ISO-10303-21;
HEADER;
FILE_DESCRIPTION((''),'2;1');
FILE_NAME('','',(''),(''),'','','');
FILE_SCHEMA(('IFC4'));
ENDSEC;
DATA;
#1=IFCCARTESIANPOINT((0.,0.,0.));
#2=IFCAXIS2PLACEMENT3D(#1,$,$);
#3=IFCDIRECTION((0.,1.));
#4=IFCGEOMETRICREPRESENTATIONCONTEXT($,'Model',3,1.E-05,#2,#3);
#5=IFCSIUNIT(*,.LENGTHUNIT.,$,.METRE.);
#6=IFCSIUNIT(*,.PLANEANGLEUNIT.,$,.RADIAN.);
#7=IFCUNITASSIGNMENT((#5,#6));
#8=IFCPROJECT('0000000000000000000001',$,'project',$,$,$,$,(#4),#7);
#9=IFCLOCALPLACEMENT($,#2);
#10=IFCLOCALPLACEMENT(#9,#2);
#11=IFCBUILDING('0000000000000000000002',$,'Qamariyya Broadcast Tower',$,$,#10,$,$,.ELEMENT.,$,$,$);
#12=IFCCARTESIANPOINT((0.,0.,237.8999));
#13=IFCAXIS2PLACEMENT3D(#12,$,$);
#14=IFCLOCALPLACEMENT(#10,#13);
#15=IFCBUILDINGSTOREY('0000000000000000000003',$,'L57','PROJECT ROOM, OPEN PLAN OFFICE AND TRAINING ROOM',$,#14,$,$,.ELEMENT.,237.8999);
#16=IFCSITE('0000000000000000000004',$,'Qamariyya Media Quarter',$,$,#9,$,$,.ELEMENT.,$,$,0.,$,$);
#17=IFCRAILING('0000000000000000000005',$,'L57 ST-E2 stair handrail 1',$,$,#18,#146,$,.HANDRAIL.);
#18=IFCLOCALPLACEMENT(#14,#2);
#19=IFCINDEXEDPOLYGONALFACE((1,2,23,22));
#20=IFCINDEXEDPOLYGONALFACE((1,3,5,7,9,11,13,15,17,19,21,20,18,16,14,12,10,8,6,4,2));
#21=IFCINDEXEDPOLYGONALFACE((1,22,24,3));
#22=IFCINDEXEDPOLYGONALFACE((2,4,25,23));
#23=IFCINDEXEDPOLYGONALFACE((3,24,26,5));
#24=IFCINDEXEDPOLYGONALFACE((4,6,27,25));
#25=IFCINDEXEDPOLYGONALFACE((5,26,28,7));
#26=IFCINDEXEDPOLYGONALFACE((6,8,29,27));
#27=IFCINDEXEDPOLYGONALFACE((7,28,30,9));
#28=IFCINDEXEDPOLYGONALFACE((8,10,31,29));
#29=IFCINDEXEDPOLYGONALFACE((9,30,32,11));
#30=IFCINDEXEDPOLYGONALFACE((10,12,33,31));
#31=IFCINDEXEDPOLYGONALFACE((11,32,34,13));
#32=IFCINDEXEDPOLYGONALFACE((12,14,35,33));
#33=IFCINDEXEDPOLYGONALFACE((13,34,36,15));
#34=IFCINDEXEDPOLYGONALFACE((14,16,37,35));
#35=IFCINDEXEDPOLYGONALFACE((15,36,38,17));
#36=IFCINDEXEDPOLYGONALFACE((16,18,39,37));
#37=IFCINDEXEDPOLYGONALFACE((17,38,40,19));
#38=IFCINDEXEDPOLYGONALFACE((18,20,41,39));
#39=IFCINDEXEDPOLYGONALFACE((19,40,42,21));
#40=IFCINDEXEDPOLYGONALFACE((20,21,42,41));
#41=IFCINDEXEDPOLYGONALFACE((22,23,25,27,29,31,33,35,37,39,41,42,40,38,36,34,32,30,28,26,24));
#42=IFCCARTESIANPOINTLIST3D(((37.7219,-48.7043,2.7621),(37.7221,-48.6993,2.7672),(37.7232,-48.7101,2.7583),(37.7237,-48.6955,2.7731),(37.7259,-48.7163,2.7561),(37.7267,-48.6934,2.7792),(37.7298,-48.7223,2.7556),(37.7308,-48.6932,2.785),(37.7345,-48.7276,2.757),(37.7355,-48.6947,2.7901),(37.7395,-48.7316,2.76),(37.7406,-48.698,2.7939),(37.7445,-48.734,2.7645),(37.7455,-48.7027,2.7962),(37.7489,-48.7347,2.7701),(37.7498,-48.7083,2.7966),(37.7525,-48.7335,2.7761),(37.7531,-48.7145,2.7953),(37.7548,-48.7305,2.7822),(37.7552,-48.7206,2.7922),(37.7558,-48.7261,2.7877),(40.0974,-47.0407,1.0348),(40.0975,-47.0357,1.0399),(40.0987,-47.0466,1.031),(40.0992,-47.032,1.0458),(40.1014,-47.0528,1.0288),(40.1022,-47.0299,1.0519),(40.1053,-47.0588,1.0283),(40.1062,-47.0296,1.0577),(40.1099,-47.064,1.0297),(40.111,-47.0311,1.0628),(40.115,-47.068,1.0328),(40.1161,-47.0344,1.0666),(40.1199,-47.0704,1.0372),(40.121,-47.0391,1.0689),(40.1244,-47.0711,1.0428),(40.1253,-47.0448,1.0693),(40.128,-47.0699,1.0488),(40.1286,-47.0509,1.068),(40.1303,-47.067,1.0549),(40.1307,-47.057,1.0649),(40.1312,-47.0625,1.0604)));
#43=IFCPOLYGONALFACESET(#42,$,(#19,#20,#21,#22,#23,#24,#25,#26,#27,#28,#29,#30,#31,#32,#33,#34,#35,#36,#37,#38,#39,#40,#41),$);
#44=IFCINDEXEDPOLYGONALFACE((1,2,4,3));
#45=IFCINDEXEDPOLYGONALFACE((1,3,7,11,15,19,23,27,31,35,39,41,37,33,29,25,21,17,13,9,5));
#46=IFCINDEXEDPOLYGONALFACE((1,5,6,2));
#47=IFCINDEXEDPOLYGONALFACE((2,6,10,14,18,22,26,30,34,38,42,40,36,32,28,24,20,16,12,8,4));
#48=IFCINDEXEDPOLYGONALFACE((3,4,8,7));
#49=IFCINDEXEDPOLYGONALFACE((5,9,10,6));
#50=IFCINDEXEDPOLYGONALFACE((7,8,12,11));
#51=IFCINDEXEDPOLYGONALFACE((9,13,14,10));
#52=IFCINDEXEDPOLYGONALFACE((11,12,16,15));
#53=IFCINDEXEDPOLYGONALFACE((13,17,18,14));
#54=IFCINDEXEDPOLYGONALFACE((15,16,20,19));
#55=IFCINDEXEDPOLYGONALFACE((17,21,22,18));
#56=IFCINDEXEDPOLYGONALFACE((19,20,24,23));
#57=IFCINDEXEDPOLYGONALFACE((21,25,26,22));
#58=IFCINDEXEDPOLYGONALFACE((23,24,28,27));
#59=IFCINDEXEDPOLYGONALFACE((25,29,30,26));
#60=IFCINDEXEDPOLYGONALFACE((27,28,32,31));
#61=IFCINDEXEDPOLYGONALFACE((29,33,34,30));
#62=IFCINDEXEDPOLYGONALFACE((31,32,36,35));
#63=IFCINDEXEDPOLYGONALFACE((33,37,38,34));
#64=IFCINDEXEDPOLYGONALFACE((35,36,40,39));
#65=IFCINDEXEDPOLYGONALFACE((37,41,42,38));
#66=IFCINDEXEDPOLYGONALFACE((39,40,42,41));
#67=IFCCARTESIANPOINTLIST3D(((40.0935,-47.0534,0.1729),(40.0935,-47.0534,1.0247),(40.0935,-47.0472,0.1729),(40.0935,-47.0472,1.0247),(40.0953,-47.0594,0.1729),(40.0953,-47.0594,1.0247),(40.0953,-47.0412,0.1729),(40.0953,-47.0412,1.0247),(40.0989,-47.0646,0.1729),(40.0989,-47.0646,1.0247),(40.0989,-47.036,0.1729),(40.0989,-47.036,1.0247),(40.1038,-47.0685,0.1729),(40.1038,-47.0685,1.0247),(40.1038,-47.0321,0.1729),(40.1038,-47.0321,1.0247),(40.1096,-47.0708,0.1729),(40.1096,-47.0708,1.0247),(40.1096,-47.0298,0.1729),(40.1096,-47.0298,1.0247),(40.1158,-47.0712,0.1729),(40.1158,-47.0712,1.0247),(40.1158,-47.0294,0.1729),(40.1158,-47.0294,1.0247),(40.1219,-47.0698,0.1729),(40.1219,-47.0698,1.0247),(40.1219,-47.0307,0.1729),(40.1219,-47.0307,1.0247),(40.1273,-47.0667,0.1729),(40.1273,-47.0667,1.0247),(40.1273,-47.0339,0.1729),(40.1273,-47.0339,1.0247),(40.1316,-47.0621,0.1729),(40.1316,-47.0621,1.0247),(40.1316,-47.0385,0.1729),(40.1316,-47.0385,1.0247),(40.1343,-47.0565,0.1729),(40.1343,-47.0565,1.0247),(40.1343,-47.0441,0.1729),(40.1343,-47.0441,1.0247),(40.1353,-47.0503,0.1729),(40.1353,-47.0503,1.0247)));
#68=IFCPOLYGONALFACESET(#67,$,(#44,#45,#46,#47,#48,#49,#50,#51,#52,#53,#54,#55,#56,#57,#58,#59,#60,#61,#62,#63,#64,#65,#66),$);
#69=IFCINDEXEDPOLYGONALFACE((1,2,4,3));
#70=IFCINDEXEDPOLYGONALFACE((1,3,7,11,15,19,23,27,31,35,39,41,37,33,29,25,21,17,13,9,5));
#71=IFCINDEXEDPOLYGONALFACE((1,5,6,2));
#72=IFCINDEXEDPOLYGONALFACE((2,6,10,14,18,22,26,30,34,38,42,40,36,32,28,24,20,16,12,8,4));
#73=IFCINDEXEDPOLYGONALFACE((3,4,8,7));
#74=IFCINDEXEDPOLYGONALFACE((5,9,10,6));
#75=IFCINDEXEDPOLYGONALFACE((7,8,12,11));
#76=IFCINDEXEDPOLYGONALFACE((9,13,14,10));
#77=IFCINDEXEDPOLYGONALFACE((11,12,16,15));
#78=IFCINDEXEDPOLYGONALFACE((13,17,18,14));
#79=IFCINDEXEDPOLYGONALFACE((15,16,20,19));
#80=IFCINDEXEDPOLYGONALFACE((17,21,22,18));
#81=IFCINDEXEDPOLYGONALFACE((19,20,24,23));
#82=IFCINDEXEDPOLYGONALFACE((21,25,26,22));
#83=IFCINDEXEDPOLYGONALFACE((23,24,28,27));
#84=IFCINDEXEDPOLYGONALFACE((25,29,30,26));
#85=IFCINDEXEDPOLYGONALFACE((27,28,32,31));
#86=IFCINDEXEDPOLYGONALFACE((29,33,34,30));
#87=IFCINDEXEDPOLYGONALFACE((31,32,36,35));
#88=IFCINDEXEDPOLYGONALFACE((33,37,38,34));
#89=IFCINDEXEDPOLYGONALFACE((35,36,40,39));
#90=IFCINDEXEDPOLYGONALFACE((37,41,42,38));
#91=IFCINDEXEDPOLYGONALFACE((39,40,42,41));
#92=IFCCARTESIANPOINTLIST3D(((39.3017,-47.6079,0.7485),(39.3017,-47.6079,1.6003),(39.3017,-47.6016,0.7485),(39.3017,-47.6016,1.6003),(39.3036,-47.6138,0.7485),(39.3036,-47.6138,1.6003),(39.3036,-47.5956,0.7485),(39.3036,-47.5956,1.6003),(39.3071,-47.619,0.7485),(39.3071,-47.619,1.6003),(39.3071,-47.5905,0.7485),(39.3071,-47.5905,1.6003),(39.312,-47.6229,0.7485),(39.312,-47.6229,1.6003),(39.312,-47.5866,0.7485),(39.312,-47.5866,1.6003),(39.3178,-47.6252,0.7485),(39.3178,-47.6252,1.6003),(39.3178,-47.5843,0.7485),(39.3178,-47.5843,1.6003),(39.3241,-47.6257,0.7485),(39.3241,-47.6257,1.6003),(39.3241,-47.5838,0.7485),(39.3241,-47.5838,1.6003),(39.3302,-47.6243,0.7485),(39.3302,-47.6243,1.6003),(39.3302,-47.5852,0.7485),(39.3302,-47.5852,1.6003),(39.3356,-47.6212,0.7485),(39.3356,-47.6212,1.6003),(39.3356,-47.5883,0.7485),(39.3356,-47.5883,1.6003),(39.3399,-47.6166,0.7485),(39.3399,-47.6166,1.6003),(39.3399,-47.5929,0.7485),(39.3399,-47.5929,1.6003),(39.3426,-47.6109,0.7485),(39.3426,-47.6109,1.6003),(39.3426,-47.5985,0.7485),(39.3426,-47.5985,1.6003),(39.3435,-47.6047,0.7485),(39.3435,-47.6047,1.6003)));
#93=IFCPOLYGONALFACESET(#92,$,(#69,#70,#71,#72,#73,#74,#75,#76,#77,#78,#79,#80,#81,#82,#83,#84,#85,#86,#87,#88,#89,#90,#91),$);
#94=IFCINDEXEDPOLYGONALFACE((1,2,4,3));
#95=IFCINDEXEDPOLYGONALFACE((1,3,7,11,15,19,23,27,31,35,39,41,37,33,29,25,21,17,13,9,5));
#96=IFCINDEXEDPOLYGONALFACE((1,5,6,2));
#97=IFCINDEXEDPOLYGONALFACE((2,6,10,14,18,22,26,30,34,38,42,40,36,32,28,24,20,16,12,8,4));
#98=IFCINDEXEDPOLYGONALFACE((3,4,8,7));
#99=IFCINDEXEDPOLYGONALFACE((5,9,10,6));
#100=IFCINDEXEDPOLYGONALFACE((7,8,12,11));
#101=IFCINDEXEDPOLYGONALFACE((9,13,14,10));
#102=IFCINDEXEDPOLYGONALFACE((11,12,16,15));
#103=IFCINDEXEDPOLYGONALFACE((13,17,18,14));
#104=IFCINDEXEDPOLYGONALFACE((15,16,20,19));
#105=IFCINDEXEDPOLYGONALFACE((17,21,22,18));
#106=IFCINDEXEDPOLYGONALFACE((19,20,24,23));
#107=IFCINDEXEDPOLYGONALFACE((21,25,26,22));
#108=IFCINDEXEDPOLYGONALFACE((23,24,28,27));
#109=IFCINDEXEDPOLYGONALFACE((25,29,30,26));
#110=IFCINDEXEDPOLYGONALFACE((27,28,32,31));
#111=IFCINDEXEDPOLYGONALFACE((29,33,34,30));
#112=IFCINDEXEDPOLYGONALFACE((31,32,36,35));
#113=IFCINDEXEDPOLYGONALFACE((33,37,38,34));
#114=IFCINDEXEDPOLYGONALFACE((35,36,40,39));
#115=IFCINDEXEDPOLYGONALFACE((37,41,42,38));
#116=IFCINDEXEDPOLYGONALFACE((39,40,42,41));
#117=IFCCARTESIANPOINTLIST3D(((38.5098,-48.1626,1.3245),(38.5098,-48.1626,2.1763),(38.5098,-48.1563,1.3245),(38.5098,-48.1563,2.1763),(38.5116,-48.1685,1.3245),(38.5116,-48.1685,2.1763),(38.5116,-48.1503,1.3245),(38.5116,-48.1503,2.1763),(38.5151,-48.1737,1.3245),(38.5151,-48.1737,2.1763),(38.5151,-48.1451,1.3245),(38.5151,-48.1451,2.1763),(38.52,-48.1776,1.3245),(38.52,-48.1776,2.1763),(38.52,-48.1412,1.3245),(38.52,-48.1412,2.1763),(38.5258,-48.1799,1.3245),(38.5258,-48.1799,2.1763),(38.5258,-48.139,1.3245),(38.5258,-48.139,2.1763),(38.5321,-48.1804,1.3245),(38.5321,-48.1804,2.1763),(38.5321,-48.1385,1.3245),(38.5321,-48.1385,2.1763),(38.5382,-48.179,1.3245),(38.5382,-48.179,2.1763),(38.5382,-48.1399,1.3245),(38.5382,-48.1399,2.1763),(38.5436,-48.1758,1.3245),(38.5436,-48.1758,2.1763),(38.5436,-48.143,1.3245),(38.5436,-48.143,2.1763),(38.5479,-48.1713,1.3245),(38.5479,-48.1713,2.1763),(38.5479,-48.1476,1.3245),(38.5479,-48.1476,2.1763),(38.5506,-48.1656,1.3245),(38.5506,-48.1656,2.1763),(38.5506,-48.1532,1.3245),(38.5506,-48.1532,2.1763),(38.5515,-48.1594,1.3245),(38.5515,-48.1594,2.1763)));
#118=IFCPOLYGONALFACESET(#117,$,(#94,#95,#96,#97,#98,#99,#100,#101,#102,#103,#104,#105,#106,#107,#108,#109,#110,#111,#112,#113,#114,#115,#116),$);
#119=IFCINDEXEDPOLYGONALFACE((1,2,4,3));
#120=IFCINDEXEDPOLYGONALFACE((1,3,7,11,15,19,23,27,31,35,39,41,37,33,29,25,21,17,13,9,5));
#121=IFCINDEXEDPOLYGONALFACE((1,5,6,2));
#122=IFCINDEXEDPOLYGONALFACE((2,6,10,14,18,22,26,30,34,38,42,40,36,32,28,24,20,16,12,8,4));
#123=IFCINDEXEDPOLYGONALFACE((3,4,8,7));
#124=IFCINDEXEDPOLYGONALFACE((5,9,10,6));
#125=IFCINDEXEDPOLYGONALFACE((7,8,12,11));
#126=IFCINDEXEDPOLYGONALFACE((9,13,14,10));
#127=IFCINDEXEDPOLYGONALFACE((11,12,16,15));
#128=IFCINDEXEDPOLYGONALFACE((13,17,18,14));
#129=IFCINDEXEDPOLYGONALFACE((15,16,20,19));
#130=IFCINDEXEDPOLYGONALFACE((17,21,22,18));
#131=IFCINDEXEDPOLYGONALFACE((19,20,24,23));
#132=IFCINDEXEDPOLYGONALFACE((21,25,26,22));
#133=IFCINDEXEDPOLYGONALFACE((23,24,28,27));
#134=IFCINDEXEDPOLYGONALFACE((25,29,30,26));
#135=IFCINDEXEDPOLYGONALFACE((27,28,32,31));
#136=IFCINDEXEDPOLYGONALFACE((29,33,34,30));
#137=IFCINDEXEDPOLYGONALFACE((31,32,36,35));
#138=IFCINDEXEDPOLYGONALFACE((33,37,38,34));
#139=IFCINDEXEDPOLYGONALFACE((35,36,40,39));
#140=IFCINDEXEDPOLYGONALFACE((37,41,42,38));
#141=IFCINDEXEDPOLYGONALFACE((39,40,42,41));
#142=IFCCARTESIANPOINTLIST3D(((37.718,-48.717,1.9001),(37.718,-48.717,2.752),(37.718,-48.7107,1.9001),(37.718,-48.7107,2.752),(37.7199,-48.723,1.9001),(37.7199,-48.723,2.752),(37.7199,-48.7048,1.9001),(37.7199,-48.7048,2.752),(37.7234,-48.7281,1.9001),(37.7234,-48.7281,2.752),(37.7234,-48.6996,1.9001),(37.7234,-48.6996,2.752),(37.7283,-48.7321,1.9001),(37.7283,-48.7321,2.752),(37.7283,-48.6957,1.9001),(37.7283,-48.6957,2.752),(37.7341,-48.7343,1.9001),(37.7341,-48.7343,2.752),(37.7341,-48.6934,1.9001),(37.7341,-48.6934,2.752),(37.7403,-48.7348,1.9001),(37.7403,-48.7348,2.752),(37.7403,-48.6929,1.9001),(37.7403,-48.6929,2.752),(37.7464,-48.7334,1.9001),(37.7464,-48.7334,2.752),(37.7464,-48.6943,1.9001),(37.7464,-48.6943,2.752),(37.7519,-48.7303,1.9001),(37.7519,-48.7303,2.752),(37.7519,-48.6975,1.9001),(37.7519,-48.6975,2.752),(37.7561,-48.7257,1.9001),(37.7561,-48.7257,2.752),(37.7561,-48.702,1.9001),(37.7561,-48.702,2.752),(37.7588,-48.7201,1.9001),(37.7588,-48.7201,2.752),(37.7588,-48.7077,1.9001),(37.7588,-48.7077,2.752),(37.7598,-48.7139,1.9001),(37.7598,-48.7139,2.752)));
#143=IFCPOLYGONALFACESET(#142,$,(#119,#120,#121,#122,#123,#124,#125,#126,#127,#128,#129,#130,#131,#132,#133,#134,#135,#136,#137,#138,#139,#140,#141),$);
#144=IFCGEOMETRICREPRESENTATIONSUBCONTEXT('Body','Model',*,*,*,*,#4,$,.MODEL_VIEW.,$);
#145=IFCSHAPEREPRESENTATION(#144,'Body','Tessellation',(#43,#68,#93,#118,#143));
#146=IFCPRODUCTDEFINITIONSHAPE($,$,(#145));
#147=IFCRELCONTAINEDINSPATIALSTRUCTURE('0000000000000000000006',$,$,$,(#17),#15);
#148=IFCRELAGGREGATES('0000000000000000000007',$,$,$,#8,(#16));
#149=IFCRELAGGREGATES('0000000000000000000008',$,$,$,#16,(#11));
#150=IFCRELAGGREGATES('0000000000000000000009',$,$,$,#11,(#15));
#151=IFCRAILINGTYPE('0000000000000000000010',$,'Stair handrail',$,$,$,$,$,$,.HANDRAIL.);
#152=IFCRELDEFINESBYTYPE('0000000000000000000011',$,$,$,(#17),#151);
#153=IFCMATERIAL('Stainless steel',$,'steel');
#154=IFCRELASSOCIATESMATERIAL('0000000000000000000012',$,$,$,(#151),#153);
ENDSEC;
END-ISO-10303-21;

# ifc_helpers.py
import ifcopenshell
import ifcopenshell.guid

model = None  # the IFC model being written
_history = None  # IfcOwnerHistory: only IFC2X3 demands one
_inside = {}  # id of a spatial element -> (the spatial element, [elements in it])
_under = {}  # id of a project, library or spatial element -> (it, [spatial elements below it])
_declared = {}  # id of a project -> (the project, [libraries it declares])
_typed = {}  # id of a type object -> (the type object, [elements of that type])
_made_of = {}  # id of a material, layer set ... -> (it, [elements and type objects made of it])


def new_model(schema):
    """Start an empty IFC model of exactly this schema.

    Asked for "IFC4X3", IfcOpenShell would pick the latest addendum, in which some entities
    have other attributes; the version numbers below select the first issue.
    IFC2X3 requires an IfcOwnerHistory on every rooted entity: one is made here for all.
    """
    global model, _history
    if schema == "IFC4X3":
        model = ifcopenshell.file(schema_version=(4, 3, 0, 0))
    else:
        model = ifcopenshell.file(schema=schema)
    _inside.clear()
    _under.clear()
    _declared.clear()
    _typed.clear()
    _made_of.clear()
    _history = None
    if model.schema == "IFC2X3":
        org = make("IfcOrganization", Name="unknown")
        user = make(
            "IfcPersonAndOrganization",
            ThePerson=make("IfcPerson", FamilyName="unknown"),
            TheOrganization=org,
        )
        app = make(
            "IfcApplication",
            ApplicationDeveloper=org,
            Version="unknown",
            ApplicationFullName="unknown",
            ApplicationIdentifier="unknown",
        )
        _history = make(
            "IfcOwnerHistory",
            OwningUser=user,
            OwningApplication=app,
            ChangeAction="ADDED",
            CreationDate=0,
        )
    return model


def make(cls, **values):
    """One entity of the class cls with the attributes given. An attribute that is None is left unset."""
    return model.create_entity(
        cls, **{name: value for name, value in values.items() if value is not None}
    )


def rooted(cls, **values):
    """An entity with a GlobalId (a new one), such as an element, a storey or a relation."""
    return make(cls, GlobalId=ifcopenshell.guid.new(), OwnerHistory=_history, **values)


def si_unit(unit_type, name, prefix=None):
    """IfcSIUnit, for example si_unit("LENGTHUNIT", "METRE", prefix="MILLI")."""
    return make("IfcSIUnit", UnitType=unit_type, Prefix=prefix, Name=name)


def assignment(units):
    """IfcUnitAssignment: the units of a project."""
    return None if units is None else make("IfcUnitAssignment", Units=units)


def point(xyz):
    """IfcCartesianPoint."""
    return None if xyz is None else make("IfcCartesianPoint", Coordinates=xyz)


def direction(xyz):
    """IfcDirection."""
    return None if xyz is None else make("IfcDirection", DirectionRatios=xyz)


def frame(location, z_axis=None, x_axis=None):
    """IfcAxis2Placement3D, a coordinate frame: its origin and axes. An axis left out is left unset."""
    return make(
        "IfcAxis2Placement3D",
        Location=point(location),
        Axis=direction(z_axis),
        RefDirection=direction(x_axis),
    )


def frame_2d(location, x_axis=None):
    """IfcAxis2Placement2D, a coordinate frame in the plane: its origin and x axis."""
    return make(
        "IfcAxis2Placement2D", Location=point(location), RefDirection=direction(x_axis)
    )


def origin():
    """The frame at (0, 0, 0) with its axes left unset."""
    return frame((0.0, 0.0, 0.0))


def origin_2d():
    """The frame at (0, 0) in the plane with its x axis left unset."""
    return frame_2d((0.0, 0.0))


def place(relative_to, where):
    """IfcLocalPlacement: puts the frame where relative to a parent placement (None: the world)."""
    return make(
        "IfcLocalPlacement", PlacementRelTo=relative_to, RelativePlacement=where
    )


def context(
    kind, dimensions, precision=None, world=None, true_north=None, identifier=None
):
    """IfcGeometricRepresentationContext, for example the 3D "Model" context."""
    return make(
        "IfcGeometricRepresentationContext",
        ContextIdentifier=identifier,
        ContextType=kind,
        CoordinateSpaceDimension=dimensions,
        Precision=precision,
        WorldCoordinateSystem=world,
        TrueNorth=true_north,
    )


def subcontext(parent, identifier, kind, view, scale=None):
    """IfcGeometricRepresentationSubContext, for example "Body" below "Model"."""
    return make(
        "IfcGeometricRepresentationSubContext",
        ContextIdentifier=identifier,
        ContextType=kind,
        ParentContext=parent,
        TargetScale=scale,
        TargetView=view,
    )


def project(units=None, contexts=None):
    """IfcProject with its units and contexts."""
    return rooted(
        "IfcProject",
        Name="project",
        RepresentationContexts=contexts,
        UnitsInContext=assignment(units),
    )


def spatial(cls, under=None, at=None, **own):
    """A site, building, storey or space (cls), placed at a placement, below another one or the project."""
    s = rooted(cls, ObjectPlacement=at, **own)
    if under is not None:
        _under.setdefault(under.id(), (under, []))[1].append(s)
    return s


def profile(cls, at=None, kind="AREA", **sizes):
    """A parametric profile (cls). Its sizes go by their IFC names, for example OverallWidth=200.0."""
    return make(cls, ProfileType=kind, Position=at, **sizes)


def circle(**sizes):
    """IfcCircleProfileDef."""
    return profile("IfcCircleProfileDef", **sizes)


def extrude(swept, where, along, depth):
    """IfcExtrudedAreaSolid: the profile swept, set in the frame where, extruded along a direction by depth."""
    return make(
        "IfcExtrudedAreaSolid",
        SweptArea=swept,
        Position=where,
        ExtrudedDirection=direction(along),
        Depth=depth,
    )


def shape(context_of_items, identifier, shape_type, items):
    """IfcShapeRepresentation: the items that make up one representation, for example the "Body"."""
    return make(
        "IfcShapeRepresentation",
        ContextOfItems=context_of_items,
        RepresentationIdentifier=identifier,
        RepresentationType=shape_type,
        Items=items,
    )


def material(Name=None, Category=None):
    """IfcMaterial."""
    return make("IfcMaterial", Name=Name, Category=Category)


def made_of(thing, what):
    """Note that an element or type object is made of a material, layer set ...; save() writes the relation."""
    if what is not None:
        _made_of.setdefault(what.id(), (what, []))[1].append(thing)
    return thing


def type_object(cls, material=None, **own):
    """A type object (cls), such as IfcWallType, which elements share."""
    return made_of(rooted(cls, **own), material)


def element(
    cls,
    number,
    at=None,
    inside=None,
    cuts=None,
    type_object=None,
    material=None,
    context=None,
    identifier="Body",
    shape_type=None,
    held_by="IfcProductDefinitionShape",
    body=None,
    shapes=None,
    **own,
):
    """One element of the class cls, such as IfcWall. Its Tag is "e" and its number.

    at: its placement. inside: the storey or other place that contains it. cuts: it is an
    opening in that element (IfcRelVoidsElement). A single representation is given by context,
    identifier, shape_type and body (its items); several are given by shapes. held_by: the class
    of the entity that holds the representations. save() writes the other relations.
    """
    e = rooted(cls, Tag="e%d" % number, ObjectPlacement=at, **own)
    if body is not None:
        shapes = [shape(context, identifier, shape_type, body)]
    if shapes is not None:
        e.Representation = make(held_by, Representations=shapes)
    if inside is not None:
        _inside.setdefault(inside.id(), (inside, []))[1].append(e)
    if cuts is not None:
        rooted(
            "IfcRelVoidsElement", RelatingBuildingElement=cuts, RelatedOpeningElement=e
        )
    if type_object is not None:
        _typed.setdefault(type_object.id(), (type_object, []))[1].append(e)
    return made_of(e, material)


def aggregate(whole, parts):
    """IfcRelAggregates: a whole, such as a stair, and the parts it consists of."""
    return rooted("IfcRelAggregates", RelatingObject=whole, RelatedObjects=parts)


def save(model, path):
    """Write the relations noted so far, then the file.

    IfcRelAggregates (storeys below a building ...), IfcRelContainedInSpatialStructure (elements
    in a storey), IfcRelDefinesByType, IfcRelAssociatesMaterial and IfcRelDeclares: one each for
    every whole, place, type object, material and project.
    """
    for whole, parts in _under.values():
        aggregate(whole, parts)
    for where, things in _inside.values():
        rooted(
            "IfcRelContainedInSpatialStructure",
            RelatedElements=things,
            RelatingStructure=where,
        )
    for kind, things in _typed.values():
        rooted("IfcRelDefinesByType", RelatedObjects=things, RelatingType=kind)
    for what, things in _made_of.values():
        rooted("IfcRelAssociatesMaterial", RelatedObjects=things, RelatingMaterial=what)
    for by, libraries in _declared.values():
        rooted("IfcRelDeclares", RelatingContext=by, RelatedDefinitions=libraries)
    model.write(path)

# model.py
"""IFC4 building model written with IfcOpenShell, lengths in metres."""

from ifc_helpers import new_model, si_unit, direction, frame, origin, origin_2d, place, context, subcontext, project, spatial, circle, extrude, material, type_object, element, save


model = new_model("IFC4")

# Units and contexts
model_context = context("Model", 3, precision=1e-05, world=origin(), true_north=direction((0.0, 1.0)))
body_context = subcontext(model_context, "Body", "Model", "MODEL_VIEW")
ifc_project = project(units=[si_unit("LENGTHUNIT", "METRE"), si_unit("PLANEANGLEUNIT", "RADIAN")], contexts=[model_context])

# Site, building, storey
site_placement = place(None, origin())
site = spatial("IfcSite", under=ifc_project, at=site_placement, Name="Qamariyya Media Quarter", CompositionType="ELEMENT", RefElevation=0.0)
building_placement = place(site_placement, origin())
building = spatial("IfcBuilding", under=site, at=building_placement, Name="Qamariyya Broadcast Tower", CompositionType="ELEMENT")
storey_placement = place(building_placement, frame((0.0, 0.0, 237.8999)))
storey = spatial("IfcBuildingStorey", under=building, at=storey_placement, Name="L57", Description="PROJECT ROOM, OPEN PLAN OFFICE AND TRAINING ROOM", CompositionType="ELEMENT", Elevation=237.8999)

# Railing
ifc_material_1 = material(Name="Stainless steel", Category="steel")
railing_type_1 = type_object("IfcRailingType", Name="Stair handrail", PredefinedType="HANDRAIL", material=ifc_material_1)
railing_1_placement = place(storey_placement, frame((40.1143, -47.0503, 0.1729)))
element("IfcRailing", 1, at=railing_1_placement, inside=storey, type_object=railing_type_1, Name="L57 ST-E2 stair handrail 1", PredefinedType="HANDRAIL", context=body_context, shape_type="SweptSolid", body=[
    extrude(circle(Radius=0.0239, at=origin_2d()), frame((0.0, 0.0, 0.876), z_axis=(-0.703745, -0.492838, 0.511716), x_axis=(0.573632, -0.819113, 0.0)), (0.0, 0.0, 1.0), 3.3755),
    extrude(circle(Radius=0.021, at=origin_2d()), origin(), (0.0, 0.0, 1.0), 0.8518),
    extrude(circle(Radius=0.021, at=origin_2d()), frame((-0.7917, -0.5544, 0.5757)), (0.0, 0.0, 1.0), 0.8518),
    extrude(circle(Radius=0.021, at=origin_2d()), frame((-1.5837, -1.1091, 1.1516)), (0.0, 0.0, 1.0), 0.8518),
    extrude(circle(Radius=0.021, at=origin_2d()), frame((-2.3755, -1.6636, 1.7273)), (0.0, 0.0, 1.0), 0.8518),
])

save(model, "model.ifc")
